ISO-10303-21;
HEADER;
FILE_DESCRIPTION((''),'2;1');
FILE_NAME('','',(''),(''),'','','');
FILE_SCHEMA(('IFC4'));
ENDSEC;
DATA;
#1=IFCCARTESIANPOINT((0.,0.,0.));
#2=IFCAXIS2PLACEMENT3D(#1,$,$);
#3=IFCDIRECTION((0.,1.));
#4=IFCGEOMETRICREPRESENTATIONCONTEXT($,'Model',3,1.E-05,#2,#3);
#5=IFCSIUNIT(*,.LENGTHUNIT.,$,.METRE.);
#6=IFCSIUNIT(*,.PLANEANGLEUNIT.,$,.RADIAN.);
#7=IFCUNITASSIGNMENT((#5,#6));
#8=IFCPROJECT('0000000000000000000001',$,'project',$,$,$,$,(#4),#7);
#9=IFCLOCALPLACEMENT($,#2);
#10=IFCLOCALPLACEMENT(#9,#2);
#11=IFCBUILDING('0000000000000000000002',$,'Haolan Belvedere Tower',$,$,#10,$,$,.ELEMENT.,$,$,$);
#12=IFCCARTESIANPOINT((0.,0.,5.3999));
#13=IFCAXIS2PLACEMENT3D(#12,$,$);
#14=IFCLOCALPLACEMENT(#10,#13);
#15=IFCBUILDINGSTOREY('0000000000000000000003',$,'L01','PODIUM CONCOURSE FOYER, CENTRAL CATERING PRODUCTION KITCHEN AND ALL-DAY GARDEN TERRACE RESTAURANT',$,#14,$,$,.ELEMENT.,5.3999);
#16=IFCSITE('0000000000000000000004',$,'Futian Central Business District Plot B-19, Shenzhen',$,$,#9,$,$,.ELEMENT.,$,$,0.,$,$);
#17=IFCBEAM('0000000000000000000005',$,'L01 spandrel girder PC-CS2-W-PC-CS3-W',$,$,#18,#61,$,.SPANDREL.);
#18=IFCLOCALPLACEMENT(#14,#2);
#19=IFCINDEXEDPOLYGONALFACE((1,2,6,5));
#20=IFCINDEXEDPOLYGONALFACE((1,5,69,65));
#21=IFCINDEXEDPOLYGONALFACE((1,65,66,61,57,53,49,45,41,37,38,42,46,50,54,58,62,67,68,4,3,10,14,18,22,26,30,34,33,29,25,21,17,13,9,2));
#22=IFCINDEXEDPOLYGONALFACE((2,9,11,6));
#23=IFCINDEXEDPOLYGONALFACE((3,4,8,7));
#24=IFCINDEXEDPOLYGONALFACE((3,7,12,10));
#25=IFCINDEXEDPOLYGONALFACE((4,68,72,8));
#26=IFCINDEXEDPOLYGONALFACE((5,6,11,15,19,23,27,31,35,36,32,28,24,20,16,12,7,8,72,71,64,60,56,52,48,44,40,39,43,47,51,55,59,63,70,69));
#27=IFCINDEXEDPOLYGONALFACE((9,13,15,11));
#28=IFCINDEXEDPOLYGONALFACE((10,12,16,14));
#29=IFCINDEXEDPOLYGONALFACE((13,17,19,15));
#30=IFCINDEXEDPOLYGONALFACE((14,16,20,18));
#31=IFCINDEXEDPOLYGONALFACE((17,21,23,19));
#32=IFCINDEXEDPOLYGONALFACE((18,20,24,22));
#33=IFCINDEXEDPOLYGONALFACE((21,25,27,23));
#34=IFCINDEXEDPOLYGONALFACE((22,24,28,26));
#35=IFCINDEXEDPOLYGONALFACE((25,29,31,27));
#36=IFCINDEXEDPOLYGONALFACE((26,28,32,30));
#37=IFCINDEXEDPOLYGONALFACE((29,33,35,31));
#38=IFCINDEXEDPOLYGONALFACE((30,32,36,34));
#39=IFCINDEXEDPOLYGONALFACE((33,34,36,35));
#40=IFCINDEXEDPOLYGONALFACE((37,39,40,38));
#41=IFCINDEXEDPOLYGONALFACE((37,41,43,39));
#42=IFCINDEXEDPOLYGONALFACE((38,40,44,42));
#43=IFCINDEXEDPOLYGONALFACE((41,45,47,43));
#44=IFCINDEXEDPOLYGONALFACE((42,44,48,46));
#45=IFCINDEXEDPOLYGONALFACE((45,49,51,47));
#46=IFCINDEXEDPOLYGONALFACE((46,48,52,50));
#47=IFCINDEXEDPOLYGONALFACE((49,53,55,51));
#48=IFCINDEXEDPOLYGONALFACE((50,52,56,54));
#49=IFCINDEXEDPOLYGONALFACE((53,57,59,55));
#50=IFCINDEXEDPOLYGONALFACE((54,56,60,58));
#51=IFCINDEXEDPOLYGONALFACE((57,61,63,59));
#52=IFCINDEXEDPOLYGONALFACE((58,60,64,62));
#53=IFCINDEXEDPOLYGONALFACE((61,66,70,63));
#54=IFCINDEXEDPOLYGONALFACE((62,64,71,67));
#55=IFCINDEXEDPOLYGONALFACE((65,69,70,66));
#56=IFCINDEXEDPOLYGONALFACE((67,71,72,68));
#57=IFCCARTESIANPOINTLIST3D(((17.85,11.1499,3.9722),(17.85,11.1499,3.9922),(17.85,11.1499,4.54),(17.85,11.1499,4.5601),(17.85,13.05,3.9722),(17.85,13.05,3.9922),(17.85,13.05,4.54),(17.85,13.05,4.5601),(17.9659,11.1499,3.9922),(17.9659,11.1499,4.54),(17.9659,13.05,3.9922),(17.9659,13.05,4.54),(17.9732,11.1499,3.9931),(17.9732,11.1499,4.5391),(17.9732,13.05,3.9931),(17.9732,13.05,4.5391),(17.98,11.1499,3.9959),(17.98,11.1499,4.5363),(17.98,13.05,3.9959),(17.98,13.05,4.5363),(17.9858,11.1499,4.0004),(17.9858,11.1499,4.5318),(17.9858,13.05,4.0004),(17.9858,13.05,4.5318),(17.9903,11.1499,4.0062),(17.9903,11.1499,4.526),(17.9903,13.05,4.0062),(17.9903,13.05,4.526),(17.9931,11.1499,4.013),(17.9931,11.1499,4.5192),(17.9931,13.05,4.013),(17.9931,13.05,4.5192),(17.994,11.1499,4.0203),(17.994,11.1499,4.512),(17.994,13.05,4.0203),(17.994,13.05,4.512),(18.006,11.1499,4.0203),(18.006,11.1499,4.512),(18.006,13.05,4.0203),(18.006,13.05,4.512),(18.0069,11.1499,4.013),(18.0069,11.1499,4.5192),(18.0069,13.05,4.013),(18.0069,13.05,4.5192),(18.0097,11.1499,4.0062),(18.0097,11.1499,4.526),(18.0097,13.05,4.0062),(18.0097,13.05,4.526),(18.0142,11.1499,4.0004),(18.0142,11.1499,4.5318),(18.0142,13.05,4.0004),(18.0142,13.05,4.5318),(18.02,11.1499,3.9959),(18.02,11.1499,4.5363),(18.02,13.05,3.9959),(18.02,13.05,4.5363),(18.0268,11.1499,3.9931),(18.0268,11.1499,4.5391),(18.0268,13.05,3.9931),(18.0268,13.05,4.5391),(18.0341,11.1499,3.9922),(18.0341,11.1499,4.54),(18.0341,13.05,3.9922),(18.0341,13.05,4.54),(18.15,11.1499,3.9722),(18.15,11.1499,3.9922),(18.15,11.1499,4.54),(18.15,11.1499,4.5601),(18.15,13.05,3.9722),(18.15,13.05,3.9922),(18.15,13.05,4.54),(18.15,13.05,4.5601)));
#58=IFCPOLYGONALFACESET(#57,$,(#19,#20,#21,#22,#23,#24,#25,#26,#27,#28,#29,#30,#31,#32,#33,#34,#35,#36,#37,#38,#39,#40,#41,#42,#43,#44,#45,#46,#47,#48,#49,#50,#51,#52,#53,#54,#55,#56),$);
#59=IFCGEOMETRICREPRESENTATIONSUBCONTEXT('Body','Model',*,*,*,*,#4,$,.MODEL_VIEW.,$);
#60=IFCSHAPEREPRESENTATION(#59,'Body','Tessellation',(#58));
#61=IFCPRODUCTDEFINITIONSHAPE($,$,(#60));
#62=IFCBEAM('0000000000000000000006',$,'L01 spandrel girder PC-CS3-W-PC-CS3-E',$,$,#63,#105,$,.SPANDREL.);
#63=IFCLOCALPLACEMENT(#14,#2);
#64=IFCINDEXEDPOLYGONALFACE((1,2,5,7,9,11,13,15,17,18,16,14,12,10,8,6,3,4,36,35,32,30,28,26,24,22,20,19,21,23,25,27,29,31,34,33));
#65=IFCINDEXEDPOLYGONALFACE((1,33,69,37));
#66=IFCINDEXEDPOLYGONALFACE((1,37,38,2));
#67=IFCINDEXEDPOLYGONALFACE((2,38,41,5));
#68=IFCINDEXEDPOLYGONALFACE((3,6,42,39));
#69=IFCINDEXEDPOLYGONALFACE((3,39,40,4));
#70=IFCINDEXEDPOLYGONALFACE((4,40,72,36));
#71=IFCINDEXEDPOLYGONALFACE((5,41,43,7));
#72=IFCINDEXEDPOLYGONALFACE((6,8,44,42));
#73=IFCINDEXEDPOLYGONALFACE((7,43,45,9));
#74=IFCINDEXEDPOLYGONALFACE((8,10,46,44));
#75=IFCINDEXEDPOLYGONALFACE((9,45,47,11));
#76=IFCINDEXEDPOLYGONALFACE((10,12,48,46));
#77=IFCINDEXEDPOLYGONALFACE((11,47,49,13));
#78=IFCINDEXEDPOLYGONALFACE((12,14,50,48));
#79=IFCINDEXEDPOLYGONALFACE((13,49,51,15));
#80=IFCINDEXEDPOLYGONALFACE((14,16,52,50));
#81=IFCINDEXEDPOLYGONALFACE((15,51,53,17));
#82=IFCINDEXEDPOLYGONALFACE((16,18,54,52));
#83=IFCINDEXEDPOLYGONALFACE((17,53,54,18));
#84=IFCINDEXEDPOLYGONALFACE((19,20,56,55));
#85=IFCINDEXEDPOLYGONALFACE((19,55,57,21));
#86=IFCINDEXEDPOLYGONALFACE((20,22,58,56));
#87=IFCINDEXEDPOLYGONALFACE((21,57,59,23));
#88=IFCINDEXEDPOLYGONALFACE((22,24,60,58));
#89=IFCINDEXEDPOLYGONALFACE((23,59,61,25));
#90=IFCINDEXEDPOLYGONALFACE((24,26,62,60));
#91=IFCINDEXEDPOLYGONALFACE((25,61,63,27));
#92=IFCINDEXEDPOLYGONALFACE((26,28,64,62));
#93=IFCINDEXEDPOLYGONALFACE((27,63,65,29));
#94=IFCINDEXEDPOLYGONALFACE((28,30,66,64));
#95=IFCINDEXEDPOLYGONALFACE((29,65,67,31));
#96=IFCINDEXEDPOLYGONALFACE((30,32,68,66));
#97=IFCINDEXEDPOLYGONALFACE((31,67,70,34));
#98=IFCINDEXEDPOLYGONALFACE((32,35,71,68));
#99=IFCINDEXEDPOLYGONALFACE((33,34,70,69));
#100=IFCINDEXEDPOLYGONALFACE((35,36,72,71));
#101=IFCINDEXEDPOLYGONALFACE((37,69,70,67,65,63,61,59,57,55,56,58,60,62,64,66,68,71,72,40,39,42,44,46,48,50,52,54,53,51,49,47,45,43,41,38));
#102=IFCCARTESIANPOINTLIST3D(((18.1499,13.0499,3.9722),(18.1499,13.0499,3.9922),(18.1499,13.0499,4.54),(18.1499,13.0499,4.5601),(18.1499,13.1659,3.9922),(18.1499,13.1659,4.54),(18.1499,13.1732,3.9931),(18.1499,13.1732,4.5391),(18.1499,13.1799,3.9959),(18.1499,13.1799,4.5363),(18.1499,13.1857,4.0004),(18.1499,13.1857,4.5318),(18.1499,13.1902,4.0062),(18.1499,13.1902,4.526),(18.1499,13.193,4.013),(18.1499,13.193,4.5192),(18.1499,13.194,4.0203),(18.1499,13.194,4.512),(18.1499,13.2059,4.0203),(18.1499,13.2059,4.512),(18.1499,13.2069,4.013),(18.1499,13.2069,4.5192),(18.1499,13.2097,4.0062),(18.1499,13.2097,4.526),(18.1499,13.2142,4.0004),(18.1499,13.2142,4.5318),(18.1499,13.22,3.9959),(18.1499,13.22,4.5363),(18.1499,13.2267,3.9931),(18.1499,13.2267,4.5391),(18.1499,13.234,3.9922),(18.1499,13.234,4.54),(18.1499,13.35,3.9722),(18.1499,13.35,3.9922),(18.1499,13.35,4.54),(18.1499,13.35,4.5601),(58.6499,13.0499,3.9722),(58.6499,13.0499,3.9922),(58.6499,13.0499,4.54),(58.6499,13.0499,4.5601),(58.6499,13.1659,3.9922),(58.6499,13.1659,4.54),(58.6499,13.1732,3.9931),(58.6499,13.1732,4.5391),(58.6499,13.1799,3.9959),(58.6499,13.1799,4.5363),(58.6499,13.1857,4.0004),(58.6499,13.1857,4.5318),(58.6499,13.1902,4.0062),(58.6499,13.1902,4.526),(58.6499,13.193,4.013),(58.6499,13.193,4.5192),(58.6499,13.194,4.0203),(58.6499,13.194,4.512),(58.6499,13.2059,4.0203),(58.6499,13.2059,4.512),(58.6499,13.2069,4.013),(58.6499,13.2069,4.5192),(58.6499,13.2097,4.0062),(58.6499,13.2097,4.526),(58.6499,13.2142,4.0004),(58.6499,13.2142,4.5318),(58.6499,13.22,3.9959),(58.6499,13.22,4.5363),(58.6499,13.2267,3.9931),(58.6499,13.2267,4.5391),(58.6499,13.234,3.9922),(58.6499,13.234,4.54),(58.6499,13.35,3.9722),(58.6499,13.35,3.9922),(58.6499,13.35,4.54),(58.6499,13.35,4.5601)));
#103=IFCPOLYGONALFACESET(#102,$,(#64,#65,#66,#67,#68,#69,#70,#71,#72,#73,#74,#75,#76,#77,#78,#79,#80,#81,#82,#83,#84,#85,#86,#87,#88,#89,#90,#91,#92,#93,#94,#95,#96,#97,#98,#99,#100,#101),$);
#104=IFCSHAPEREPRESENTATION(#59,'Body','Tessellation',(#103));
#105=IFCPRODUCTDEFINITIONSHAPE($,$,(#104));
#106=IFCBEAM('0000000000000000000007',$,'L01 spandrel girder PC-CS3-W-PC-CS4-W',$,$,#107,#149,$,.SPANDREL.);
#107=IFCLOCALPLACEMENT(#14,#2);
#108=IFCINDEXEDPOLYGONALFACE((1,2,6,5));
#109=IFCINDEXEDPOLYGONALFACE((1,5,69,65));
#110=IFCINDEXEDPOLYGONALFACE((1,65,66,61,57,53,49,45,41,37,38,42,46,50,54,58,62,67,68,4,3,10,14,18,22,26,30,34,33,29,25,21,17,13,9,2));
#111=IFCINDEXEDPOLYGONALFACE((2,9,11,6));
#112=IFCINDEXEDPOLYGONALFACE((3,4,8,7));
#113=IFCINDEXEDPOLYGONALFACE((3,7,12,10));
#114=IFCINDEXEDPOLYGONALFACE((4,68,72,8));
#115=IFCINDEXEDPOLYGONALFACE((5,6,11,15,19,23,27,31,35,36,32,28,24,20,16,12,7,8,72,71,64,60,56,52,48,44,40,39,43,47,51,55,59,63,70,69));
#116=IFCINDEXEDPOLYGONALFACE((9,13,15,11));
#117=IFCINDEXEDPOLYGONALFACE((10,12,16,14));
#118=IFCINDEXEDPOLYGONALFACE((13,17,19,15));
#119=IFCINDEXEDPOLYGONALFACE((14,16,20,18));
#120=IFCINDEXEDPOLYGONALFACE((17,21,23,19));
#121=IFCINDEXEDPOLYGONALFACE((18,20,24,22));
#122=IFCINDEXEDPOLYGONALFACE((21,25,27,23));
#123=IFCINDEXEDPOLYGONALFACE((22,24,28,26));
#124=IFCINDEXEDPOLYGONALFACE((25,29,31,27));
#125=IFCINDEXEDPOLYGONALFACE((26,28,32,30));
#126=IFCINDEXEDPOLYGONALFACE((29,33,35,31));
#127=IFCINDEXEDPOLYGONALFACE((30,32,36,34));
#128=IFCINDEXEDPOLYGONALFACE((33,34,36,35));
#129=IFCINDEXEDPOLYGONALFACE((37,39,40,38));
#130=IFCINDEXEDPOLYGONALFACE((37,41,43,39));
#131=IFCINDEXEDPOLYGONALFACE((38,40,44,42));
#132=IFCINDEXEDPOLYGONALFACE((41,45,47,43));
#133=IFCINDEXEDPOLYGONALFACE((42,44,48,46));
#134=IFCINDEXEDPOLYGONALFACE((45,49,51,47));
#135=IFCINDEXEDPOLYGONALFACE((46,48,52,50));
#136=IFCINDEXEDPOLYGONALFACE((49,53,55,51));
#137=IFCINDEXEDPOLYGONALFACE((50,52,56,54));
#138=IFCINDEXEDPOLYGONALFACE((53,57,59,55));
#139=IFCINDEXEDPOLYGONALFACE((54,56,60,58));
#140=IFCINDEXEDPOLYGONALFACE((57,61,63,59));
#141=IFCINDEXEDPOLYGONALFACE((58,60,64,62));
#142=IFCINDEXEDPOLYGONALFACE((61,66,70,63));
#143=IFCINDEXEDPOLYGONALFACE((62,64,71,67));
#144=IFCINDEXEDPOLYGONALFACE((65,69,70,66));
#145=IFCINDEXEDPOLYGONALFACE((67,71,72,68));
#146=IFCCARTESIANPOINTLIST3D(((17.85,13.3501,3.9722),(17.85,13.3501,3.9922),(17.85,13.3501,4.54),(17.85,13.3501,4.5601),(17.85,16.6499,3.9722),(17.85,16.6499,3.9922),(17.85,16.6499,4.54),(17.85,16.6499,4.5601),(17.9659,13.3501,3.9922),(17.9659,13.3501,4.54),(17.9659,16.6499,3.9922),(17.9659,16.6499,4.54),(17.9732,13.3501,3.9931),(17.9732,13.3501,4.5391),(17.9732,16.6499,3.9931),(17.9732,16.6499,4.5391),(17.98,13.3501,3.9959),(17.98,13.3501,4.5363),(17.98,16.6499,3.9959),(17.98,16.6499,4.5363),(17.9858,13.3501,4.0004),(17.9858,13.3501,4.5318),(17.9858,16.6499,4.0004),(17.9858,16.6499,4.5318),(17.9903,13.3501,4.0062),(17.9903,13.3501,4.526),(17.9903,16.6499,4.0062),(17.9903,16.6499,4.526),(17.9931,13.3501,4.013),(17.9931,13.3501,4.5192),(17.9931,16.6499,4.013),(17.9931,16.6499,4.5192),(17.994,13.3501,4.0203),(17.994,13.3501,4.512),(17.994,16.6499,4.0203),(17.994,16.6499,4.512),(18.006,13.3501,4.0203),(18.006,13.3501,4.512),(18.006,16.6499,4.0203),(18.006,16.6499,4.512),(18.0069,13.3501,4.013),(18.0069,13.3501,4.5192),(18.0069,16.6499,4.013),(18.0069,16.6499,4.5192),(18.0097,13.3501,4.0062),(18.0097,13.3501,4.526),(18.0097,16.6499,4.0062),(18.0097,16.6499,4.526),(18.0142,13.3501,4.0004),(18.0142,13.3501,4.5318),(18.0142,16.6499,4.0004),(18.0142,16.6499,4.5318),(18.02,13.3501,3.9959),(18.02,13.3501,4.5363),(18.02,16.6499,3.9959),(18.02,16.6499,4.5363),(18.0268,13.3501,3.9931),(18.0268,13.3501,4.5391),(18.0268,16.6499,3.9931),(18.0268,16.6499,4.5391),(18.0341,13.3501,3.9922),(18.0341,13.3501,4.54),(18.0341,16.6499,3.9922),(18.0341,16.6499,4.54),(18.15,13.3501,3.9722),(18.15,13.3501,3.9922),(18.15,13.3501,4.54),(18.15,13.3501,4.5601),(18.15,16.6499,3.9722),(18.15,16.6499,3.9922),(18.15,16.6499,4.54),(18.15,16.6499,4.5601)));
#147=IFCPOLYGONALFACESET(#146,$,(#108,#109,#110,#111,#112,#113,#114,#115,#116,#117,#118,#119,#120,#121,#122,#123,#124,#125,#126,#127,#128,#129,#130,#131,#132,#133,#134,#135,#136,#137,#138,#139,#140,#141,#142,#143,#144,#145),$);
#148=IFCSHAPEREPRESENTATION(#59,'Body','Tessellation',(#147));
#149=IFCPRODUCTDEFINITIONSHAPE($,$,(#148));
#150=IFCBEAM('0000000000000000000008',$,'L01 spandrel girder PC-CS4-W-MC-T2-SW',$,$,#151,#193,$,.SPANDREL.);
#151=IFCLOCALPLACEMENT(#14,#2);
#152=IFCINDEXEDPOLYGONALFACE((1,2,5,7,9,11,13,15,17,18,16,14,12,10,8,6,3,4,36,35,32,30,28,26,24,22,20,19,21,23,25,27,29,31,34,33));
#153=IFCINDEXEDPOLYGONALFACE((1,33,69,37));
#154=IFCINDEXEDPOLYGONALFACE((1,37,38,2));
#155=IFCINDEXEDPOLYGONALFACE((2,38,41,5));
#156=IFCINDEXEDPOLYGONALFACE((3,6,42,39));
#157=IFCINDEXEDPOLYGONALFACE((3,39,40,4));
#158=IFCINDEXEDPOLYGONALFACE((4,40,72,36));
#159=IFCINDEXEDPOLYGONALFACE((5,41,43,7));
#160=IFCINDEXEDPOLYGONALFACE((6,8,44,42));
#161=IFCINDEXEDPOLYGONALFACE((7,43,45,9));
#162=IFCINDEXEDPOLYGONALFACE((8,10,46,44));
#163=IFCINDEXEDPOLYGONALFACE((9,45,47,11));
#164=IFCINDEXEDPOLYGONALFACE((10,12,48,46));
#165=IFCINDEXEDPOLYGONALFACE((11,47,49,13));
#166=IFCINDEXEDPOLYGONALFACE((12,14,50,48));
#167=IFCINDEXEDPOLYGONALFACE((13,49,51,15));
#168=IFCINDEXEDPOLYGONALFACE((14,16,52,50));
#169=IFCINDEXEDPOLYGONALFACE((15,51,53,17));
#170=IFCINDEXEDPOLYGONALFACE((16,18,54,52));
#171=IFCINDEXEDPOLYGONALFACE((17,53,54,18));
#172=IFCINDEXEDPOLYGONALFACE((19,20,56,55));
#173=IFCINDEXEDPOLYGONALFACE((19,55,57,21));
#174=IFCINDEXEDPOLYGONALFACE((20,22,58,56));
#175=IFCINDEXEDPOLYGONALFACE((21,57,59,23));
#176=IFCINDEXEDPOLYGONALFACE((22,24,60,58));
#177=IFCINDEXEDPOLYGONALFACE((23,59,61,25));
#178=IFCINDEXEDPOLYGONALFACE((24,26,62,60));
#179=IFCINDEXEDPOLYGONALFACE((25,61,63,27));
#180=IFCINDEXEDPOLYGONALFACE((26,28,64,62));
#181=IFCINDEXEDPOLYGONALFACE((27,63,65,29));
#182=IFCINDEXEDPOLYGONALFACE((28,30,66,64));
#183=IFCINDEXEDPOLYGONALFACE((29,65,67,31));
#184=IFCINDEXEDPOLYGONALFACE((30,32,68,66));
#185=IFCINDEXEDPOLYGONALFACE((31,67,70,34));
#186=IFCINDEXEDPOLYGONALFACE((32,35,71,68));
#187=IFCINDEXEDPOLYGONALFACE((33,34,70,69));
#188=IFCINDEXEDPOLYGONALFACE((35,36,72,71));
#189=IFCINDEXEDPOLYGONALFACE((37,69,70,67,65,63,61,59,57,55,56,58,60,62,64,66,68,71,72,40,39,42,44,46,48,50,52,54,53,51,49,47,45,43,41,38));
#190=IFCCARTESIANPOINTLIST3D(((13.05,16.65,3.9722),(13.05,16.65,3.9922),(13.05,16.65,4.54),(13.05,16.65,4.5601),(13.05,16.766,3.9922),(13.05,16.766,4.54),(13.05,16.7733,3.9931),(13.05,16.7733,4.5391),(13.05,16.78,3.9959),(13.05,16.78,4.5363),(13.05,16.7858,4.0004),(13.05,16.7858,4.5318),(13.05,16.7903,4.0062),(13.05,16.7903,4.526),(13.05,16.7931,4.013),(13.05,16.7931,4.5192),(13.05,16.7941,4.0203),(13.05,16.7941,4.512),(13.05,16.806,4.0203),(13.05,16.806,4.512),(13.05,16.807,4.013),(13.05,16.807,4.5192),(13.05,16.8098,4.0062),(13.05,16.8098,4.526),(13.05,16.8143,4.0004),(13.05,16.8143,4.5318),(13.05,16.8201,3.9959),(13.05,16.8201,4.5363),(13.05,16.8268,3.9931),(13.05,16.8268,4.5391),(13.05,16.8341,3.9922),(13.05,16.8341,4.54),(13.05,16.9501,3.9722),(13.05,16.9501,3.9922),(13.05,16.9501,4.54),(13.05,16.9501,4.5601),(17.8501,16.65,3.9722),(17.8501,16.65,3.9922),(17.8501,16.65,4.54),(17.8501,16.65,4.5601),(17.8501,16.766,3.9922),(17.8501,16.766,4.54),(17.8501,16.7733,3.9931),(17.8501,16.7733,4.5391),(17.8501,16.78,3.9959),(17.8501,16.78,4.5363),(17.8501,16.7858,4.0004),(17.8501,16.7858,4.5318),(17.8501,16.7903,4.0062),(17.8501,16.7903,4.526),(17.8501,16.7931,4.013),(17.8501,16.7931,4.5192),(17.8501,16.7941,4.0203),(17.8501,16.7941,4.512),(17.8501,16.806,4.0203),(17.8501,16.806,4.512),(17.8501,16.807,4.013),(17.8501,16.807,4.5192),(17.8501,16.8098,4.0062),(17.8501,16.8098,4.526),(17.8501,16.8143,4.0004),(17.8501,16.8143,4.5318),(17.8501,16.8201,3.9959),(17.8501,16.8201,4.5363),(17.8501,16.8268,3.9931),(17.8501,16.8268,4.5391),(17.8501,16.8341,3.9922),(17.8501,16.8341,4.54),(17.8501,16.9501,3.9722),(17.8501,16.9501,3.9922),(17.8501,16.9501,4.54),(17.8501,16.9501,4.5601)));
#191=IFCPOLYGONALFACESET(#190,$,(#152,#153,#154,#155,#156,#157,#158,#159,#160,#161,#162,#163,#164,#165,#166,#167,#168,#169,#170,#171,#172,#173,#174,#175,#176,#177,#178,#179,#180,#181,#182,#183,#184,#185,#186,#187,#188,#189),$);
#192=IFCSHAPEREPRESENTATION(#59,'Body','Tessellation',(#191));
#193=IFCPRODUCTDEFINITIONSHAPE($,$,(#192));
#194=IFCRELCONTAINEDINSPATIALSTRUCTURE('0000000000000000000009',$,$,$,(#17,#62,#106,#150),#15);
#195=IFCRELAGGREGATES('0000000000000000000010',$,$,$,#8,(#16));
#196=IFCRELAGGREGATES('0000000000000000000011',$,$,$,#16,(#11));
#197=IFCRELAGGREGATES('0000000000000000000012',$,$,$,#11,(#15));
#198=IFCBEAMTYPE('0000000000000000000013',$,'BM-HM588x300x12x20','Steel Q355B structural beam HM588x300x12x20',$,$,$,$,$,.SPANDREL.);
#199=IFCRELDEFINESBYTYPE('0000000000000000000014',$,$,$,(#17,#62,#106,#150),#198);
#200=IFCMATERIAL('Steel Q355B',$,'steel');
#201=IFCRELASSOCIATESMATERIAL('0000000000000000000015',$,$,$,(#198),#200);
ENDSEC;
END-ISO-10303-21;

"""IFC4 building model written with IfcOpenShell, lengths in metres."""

from ifc_helpers import new_model, si_unit, direction, frame, origin, origin_2d, place, context, subcontext, project, spatial, i_section, extrude, material, material_profile, profile_set, type_object, element, save


model = new_model("IFC4")

# Units and contexts
model_context = context("Model", 3, precision=1e-05, world=origin(), true_north=direction((0.0, 1.0)))
body_context = subcontext(model_context, "Body", "Model", "MODEL_VIEW")
ifc_project = project(units=[si_unit("LENGTHUNIT", "METRE"), si_unit("PLANEANGLEUNIT", "RADIAN")], contexts=[model_context])

# Site, building, storey
site_placement = place(None, origin())
site = spatial("IfcSite", under=ifc_project, at=site_placement, Name="Futian Central Business District Plot B-19, Shenzhen", CompositionType="ELEMENT", RefElevation=0.0)
building_placement = place(site_placement, origin())
building = spatial("IfcBuilding", under=site, at=building_placement, Name="Haolan Belvedere Tower", CompositionType="ELEMENT")
storey_placement = place(building_placement, frame((0.0, 0.0, 5.3999)))
storey = spatial("IfcBuildingStorey", under=building, at=storey_placement, Name="L01", Description="PODIUM CONCOURSE FOYER, CENTRAL CATERING PRODUCTION KITCHEN AND ALL-DAY GARDEN TERRACE RESTAURANT", CompositionType="ELEMENT", Elevation=5.3999)

# Shared definitions
ifc_material_1 = material(Name="Steel Q355B", Category="steel")

# Beams
ifc_material_profile_1 = material_profile(ifc_material_1, i_section(OverallWidth=0.3, OverallDepth=0.5879, WebThickness=0.012, FlangeThickness=0.02, FilletRadius=0.0281, at=origin_2d()), Name="Steel Q355B")
ifc_profile_set_1 = profile_set([ifc_material_profile_1], Name="Steel Q355B")
beam_type_1 = type_object("IfcBeamType", Name="BM-HM588x300x12x20", Description="Steel Q355B structural beam HM588x300x12x20", PredefinedType="SPANDREL", material=ifc_profile_set_1)
beam_1_placement = place(storey_placement, frame((18.0, 11.1499, 4.2661), z_axis=(0.0, 1.0, 0.0), x_axis=(-1.0, 0.0, 0.0)))
element("IfcBeam", 1, at=beam_1_placement, inside=storey, type_object=beam_type_1, Name="L01 spandrel girder PC-CS2-W-PC-CS3-W", PredefinedType="SPANDREL", context=body_context, shape_type="SweptSolid", body=[
    extrude(i_section(OverallWidth=0.3, OverallDepth=0.5879, WebThickness=0.012, FlangeThickness=0.02, FilletRadius=0.0281, at=origin_2d()), origin(), (0.0, 0.0, 1.0), 1.9001),
])
beam_2_placement = place(storey_placement, frame((18.1499, 13.2, 4.2661), z_axis=(1.0, 0.0, 0.0), x_axis=(0.0, 1.0, 0.0)))
element("IfcBeam", 2, at=beam_2_placement, inside=storey, type_object=beam_type_1, Name="L01 spandrel girder PC-CS3-W-PC-CS3-E", PredefinedType="SPANDREL", context=body_context, shape_type="SweptSolid", body=[
    extrude(i_section(OverallWidth=0.3, OverallDepth=0.5879, WebThickness=0.012, FlangeThickness=0.02, FilletRadius=0.0281, at=origin_2d()), origin(), (0.0, 0.0, 1.0), 40.5),
])
beam_3_placement = place(storey_placement, frame((18.0, 13.3501, 4.2661), z_axis=(0.0, 1.0, 0.0), x_axis=(-1.0, 0.0, 0.0)))
element("IfcBeam", 3, at=beam_3_placement, inside=storey, type_object=beam_type_1, Name="L01 spandrel girder PC-CS3-W-PC-CS4-W", PredefinedType="SPANDREL", context=body_context, shape_type="SweptSolid", body=[
    extrude(i_section(OverallWidth=0.3, OverallDepth=0.5879, WebThickness=0.012, FlangeThickness=0.02, FilletRadius=0.0281, at=origin_2d()), origin(), (0.0, 0.0, 1.0), 3.2998),
])
beam_4_placement = place(storey_placement, frame((17.8501, 16.8, 4.2661), z_axis=(-1.0, 0.0, 0.0), x_axis=(0.0, -1.0, 0.0)))
element("IfcBeam", 4, at=beam_4_placement, inside=storey, type_object=beam_type_1, Name="L01 spandrel girder PC-CS4-W-MC-T2-SW", PredefinedType="SPANDREL", context=body_context, shape_type="SweptSolid", body=[
    extrude(i_section(OverallWidth=0.3, OverallDepth=0.5879, WebThickness=0.012, FlangeThickness=0.02, FilletRadius=0.0281, at=origin_2d()), origin(), (0.0, 0.0, 1.0), 4.8),
])

save(model, "model.ifc")
